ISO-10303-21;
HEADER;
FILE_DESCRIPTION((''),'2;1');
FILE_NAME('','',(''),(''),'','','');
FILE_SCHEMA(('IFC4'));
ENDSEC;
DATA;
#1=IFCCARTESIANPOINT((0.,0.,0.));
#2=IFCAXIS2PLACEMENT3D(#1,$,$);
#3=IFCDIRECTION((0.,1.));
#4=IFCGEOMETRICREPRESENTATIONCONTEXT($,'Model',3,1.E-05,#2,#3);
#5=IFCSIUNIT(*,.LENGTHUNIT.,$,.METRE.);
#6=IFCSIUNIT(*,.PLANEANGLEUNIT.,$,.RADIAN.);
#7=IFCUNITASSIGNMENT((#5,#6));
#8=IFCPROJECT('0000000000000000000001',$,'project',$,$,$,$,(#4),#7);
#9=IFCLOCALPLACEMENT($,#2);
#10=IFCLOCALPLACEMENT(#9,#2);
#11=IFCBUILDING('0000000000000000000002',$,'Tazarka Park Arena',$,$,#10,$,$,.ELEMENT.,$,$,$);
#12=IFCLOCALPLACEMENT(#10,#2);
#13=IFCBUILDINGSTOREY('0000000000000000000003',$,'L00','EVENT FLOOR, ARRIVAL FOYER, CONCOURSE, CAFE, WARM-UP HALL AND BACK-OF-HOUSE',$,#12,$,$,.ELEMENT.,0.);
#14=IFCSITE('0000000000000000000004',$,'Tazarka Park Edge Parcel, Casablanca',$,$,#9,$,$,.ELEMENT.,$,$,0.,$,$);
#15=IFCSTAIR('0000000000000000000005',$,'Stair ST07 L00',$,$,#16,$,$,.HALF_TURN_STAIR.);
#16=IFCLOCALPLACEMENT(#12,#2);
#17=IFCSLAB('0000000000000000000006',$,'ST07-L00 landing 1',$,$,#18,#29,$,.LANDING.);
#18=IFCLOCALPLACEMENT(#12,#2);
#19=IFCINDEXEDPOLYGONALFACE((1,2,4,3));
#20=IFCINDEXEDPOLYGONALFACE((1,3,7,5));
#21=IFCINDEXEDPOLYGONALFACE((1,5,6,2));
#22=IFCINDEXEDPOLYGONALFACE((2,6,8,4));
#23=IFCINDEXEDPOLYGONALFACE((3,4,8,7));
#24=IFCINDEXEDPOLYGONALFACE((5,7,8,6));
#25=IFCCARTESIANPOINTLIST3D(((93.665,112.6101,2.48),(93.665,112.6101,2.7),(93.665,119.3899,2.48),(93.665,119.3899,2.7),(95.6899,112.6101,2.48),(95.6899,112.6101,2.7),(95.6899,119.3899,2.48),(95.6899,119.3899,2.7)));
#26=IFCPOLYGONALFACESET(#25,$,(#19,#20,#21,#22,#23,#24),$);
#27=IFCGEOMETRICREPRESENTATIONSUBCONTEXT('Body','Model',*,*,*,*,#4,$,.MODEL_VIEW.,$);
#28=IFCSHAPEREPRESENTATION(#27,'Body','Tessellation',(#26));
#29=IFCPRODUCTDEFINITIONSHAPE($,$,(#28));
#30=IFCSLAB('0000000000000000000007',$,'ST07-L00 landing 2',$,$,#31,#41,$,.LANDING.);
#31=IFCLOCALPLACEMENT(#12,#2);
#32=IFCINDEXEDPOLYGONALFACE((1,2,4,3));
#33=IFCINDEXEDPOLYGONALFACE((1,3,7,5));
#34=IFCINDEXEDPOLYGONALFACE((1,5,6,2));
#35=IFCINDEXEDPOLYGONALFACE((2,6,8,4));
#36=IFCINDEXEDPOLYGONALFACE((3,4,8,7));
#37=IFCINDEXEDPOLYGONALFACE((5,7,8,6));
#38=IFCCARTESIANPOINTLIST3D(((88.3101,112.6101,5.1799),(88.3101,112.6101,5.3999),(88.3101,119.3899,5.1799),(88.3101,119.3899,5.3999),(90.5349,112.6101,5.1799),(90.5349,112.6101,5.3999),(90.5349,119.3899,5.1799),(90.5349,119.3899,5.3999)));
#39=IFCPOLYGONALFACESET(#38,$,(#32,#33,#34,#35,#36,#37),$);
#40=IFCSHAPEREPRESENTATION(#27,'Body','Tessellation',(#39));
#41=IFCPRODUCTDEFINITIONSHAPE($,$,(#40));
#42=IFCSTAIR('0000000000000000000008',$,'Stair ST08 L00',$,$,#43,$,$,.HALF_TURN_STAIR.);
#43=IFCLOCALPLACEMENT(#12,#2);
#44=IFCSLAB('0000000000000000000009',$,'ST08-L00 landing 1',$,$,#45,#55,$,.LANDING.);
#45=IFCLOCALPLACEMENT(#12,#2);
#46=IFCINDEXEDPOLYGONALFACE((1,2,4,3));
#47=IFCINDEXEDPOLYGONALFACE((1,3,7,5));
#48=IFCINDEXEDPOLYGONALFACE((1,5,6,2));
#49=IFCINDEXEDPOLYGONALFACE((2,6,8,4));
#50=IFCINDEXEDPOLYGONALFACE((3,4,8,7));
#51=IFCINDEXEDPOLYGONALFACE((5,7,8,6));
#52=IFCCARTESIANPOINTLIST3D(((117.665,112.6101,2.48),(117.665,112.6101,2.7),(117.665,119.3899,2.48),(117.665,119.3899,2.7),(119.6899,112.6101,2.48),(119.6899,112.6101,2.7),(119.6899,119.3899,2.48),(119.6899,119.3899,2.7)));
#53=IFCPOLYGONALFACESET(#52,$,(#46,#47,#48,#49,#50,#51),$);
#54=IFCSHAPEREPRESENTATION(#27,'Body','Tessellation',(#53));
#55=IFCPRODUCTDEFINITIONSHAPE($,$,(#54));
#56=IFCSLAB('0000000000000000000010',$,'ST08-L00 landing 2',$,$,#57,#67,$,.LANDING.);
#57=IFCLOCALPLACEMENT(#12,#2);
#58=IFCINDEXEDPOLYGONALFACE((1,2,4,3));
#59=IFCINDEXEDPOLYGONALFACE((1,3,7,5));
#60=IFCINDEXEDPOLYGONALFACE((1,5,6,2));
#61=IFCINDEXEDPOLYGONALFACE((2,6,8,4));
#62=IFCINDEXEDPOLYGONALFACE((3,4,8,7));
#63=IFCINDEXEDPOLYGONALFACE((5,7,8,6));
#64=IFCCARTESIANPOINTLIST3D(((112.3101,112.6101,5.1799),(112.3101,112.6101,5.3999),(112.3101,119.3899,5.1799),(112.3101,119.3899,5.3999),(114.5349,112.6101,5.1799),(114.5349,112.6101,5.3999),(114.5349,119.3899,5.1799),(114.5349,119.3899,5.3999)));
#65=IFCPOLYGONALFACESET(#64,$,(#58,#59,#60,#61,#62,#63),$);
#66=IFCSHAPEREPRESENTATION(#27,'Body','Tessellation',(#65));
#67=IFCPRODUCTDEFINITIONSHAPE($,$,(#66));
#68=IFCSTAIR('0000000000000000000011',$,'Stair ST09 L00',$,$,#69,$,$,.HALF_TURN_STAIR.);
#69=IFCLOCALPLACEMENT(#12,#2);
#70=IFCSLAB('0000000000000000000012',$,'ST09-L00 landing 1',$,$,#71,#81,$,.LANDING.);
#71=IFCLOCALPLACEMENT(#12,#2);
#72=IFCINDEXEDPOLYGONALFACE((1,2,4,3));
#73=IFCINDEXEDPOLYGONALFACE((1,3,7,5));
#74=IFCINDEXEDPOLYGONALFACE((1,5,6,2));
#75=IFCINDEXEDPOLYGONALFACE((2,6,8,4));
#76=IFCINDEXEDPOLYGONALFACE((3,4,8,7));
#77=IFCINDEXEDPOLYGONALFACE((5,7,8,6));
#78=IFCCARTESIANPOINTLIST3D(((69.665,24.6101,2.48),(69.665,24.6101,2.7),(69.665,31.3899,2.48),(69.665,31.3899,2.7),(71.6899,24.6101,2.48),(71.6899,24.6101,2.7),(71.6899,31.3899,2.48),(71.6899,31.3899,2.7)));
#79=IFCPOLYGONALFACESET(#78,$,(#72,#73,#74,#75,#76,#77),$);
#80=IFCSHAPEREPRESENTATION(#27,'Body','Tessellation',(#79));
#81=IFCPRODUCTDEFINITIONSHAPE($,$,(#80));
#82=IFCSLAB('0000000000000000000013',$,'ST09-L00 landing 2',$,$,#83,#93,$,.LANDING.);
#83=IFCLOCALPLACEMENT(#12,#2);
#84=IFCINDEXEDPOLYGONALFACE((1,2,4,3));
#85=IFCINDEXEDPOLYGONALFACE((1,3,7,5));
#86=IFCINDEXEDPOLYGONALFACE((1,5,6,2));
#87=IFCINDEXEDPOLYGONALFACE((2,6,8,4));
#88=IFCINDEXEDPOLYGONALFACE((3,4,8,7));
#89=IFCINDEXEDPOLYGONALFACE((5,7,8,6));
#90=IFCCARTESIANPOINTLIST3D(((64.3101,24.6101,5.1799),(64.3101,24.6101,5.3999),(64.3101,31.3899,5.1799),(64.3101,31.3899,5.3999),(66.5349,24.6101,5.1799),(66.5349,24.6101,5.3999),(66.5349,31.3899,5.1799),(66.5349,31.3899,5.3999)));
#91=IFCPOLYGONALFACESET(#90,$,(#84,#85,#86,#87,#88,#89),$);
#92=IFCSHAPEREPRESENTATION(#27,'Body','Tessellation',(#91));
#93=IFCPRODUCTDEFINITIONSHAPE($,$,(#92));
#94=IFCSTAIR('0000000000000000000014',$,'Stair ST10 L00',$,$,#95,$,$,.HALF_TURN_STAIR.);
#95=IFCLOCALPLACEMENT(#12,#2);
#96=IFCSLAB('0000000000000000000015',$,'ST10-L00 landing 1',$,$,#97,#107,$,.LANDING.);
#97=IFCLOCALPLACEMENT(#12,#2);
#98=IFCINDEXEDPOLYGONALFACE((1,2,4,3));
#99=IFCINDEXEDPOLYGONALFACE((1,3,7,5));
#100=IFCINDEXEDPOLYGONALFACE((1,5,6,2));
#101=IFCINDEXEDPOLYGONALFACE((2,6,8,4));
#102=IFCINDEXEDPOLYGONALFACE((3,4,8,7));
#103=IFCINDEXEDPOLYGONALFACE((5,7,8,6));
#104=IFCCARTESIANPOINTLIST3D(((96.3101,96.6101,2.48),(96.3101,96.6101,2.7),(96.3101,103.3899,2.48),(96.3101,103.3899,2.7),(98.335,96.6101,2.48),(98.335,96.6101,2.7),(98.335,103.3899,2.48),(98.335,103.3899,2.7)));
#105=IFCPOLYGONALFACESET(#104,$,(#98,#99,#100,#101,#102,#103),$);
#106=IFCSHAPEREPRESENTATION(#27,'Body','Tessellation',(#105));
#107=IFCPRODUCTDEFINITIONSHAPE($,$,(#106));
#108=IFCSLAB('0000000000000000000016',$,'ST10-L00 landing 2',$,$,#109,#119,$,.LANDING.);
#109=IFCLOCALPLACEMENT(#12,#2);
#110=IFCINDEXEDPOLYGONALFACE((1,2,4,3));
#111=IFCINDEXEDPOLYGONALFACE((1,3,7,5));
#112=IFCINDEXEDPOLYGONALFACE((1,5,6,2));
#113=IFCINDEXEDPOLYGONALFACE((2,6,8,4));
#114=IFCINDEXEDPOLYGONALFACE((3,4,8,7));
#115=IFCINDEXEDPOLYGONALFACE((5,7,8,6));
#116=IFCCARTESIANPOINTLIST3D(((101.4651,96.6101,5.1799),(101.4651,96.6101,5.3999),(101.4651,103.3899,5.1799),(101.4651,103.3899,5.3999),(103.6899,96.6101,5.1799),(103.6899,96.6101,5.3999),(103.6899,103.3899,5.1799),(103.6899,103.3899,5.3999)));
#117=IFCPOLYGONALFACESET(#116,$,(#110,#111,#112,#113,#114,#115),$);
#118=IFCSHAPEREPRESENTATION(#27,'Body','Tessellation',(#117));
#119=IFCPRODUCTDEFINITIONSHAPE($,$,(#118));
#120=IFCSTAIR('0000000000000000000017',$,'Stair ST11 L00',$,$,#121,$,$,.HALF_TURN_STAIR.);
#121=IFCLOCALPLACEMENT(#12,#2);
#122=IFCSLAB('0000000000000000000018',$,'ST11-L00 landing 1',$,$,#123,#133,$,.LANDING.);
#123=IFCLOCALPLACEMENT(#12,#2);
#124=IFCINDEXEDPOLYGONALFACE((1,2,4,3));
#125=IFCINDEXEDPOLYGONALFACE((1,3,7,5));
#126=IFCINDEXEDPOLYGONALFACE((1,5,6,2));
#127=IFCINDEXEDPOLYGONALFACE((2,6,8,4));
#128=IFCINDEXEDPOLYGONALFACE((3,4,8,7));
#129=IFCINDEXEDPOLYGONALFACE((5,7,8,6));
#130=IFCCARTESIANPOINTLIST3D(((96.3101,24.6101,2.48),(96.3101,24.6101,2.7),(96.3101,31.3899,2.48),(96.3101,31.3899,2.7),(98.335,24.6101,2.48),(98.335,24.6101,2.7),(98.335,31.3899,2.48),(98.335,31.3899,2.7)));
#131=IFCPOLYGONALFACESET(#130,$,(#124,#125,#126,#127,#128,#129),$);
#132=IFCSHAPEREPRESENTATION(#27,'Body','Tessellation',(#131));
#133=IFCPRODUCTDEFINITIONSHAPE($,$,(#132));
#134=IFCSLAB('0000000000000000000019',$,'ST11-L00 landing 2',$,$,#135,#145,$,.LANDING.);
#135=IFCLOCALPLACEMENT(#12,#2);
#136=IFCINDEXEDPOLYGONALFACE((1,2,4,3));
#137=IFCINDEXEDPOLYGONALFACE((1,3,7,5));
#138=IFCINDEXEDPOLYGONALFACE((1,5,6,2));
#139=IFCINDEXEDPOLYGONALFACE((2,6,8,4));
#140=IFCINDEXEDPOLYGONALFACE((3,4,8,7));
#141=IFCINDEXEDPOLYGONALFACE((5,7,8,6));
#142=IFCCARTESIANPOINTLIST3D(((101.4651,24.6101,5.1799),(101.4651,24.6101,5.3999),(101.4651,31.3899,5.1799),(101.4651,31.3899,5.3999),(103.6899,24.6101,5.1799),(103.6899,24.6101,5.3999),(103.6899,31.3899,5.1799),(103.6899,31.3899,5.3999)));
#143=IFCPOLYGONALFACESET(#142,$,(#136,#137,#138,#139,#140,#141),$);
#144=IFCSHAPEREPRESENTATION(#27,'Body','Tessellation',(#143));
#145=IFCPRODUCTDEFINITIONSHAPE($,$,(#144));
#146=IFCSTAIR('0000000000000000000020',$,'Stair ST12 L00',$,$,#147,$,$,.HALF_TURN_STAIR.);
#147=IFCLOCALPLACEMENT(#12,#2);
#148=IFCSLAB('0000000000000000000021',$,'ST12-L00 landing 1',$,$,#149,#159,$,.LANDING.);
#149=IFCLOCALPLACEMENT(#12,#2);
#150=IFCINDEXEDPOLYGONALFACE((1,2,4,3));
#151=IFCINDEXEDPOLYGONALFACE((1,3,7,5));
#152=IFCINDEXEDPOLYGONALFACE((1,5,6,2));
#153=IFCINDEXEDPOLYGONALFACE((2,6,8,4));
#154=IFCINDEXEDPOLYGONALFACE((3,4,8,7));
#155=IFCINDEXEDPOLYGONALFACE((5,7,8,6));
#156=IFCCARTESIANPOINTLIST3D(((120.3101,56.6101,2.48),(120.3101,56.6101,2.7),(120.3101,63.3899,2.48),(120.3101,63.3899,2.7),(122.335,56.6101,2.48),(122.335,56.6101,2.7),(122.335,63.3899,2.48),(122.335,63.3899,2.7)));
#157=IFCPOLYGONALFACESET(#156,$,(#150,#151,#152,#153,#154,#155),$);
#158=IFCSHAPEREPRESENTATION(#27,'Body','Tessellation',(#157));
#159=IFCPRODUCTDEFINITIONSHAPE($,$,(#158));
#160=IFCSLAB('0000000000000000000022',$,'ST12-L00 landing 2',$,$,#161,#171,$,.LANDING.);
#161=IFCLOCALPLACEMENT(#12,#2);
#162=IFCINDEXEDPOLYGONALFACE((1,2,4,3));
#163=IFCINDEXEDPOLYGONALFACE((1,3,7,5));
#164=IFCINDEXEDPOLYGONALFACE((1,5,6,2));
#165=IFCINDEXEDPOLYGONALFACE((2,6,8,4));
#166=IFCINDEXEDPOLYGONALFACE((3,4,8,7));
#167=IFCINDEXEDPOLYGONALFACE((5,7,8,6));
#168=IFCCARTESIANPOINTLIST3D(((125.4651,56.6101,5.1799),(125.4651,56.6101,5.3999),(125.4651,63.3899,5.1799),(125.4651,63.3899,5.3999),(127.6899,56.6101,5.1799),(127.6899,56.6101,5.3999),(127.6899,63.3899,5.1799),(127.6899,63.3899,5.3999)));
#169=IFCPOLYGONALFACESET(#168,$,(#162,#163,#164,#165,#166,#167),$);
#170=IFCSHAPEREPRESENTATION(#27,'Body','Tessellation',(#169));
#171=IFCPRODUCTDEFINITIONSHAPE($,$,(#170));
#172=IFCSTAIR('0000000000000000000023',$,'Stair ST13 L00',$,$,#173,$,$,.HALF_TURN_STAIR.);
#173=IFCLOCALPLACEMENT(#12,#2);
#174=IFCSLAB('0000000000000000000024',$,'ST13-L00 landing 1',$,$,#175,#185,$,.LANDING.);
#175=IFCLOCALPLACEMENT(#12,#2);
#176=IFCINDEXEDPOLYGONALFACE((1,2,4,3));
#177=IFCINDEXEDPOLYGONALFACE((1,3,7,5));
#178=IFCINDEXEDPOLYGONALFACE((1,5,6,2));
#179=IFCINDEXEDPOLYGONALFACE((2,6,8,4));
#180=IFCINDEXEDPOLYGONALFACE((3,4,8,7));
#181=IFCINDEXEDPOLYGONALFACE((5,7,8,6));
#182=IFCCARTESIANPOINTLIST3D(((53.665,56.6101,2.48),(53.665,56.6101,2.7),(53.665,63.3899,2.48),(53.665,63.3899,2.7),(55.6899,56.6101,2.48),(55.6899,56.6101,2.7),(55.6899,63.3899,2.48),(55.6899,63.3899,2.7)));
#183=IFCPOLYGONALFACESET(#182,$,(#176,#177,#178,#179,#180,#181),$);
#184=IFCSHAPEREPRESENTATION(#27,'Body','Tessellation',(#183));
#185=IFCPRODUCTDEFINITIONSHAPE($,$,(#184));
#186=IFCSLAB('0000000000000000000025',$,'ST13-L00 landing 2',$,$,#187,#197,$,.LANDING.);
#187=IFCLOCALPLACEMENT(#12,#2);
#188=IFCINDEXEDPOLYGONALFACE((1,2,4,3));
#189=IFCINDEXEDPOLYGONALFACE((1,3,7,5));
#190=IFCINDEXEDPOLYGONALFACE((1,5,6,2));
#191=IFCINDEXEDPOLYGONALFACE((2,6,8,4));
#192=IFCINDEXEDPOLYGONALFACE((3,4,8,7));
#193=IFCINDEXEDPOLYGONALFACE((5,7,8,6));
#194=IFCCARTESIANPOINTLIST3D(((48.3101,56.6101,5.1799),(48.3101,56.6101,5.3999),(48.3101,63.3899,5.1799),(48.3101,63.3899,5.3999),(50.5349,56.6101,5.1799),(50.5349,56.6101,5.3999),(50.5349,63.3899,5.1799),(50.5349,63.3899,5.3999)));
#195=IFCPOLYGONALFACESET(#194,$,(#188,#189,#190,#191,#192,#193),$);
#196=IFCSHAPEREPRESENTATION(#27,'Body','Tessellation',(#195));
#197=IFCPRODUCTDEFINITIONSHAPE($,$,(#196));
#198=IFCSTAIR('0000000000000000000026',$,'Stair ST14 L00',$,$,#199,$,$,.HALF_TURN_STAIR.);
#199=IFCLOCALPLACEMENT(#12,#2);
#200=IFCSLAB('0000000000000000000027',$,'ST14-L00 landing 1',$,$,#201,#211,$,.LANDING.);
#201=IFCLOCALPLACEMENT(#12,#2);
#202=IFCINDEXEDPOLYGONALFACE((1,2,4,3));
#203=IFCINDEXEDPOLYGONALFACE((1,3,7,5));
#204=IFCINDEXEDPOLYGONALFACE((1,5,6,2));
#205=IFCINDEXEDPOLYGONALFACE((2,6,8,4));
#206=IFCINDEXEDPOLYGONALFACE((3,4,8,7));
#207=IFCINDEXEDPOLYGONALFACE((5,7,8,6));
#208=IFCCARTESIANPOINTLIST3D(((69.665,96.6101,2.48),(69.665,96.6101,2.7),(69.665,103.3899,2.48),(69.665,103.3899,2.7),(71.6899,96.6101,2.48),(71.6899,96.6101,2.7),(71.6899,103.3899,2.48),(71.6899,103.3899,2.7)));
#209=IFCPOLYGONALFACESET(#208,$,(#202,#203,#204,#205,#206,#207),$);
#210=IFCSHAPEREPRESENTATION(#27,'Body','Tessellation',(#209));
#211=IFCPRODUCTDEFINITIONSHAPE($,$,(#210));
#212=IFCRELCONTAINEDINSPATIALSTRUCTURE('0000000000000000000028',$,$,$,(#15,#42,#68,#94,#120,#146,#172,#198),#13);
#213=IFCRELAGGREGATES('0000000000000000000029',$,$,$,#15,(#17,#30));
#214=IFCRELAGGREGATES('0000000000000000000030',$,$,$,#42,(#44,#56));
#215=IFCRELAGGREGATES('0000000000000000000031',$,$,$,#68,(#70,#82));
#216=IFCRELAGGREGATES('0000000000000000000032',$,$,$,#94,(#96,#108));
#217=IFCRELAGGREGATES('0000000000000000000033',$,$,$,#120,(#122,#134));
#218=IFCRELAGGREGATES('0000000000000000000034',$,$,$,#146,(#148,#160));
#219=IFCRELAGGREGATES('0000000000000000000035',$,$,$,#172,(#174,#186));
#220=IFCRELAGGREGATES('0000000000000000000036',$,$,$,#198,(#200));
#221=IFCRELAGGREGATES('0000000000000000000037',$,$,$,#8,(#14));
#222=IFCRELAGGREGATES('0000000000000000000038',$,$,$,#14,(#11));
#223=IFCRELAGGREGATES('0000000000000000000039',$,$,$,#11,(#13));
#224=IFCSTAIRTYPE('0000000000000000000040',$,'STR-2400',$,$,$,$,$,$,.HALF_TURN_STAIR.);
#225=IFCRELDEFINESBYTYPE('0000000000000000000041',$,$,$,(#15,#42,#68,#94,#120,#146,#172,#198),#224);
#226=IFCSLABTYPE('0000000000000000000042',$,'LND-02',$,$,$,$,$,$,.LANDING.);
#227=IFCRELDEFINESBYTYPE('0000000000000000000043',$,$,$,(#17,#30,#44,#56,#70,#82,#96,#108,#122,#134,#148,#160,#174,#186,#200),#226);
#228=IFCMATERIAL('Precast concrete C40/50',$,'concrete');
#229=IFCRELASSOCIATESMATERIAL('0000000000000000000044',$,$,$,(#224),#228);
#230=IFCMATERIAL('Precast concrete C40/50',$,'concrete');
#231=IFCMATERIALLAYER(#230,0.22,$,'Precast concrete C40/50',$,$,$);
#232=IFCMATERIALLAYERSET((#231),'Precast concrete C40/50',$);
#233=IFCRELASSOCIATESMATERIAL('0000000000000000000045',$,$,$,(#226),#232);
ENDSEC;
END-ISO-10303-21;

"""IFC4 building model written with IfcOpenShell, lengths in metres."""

from ifc_helpers import new_model, si_unit, direction, frame, origin, place, context, subcontext, project, spatial, polyline, outline, extrude, material, layer, layer_set, type_object, element, aggregate, save


model = new_model("IFC4")

# Units and contexts
model_context = context("Model", 3, precision=1e-05, world=origin(), true_north=direction((0.0, 1.0)))
body_context = subcontext(model_context, "Body", "Model", "MODEL_VIEW")
ifc_project = project(units=[si_unit("LENGTHUNIT", "METRE"), si_unit("PLANEANGLEUNIT", "RADIAN")], contexts=[model_context])

# Site, building, storey
site_placement = place(None, origin())
site = spatial("IfcSite", under=ifc_project, at=site_placement, Name="Tazarka Park Edge Parcel, Casablanca", CompositionType="ELEMENT", RefElevation=0.0)
building_placement = place(site_placement, origin())
building = spatial("IfcBuilding", under=site, at=building_placement, Name="Tazarka Park Arena", CompositionType="ELEMENT")
storey_placement = place(building_placement, origin())
storey = spatial("IfcBuildingStorey", under=building, at=storey_placement, Name="L00", Description="EVENT FLOOR, ARRIVAL FOYER, CONCOURSE, CAFE, WARM-UP HALL AND BACK-OF-HOUSE", CompositionType="ELEMENT", Elevation=0.0)

# Stairs, slabs
ifc_material_1 = material(Name="Precast concrete C40/50", Category="concrete")
stair_type_1 = type_object("IfcStairType", Name="STR-2400", PredefinedType="HALF_TURN_STAIR", material=ifc_material_1)
stair_1_placement = place(storey_placement, origin())
stair_1 = element("IfcStair", 1, at=stair_1_placement, inside=storey, type_object=stair_type_1, Name="Stair ST07 L00", PredefinedType="HALF_TURN_STAIR")
ifc_material_2 = material(Name="Precast concrete C40/50", Category="concrete")
ifc_layer = layer(ifc_material_2, 0.22, Name="Precast concrete C40/50")
ifc_layer_set = layer_set([ifc_layer], Name="Precast concrete C40/50")
slab_type = type_object("IfcSlabType", Name="LND-02", PredefinedType="LANDING", material=ifc_layer_set)
slab_1_placement = place(storey_placement, frame((0.0, 0.0, 2.48)))
slab_1 = element("IfcSlab", 2, at=slab_1_placement, type_object=slab_type, Name="ST07-L00 landing 1", PredefinedType="LANDING", context=body_context, shape_type="SweptSolid", body=[
    extrude(outline(polyline([(93.665, 112.6101), (95.6899, 112.6101), (95.6899, 119.3899), (93.665, 119.3899), (93.665, 112.6101)])), origin(), (0.0, 0.0, 1.0), 0.22),
])
slab_2_placement = place(storey_placement, frame((0.0, 0.0, 5.1799)))
slab_2 = element("IfcSlab", 3, at=slab_2_placement, type_object=slab_type, Name="ST07-L00 landing 2", PredefinedType="LANDING", context=body_context, shape_type="SweptSolid", body=[
    extrude(outline(polyline([(88.3101, 112.6101), (90.5349, 112.6101), (90.5349, 119.3899), (88.3101, 119.3899), (88.3101, 112.6101)])), origin(), (0.0, 0.0, 1.0), 0.22),
])
aggregate(stair_1, [slab_1, slab_2])
stair_2_placement = place(storey_placement, origin())
stair_2 = element("IfcStair", 4, at=stair_2_placement, inside=storey, type_object=stair_type_1, Name="Stair ST08 L00", PredefinedType="HALF_TURN_STAIR")
slab_3_placement = place(storey_placement, frame((0.0, 0.0, 2.48)))
slab_3 = element("IfcSlab", 5, at=slab_3_placement, type_object=slab_type, Name="ST08-L00 landing 1", PredefinedType="LANDING", context=body_context, shape_type="SweptSolid", body=[
    extrude(outline(polyline([(117.665, 112.6101), (119.6899, 112.6101), (119.6899, 119.3899), (117.665, 119.3899), (117.665, 112.6101)])), origin(), (0.0, 0.0, 1.0), 0.22),
])
slab_4_placement = place(storey_placement, frame((0.0, 0.0, 5.1799)))
slab_4 = element("IfcSlab", 6, at=slab_4_placement, type_object=slab_type, Name="ST08-L00 landing 2", PredefinedType="LANDING", context=body_context, shape_type="SweptSolid", body=[
    extrude(outline(polyline([(112.3101, 112.6101), (114.5349, 112.6101), (114.5349, 119.3899), (112.3101, 119.3899), (112.3101, 112.6101)])), origin(), (0.0, 0.0, 1.0), 0.22),
])
aggregate(stair_2, [slab_3, slab_4])
stair_3_placement = place(storey_placement, origin())
stair_3 = element("IfcStair", 7, at=stair_3_placement, inside=storey, type_object=stair_type_1, Name="Stair ST09 L00", PredefinedType="HALF_TURN_STAIR")
slab_5_placement = place(storey_placement, frame((0.0, 0.0, 2.48)))
slab_5 = element("IfcSlab", 8, at=slab_5_placement, type_object=slab_type, Name="ST09-L00 landing 1", PredefinedType="LANDING", context=body_context, shape_type="SweptSolid", body=[
    extrude(outline(polyline([(69.665, 24.6101), (71.6899, 24.6101), (71.6899, 31.3899), (69.665, 31.3899), (69.665, 24.6101)])), origin(), (0.0, 0.0, 1.0), 0.22),
])
slab_6_placement = place(storey_placement, frame((0.0, 0.0, 5.1799)))
slab_6 = element("IfcSlab", 9, at=slab_6_placement, type_object=slab_type, Name="ST09-L00 landing 2", PredefinedType="LANDING", context=body_context, shape_type="SweptSolid", body=[
    extrude(outline(polyline([(64.3101, 24.6101), (66.5349, 24.6101), (66.5349, 31.3899), (64.3101, 31.3899), (64.3101, 24.6101)])), origin(), (0.0, 0.0, 1.0), 0.22),
])
aggregate(stair_3, [slab_5, slab_6])
stair_4_placement = place(storey_placement, origin())
stair_4 = element("IfcStair", 10, at=stair_4_placement, inside=storey, type_object=stair_type_1, Name="Stair ST10 L00", PredefinedType="HALF_TURN_STAIR")
slab_7_placement = place(storey_placement, frame((0.0, 0.0, 2.48)))
slab_7 = element("IfcSlab", 11, at=slab_7_placement, type_object=slab_type, Name="ST10-L00 landing 1", PredefinedType="LANDING", context=body_context, shape_type="SweptSolid", body=[
    extrude(outline(polyline([(96.3101, 96.6101), (98.335, 96.6101), (98.335, 103.3899), (96.3101, 103.3899), (96.3101, 96.6101)])), origin(), (0.0, 0.0, 1.0), 0.22),
])
slab_8_placement = place(storey_placement, frame((0.0, 0.0, 5.1799)))
slab_8 = element("IfcSlab", 12, at=slab_8_placement, type_object=slab_type, Name="ST10-L00 landing 2", PredefinedType="LANDING", context=body_context, shape_type="SweptSolid", body=[
    extrude(outline(polyline([(101.4651, 96.6101), (103.6899, 96.6101), (103.6899, 103.3899), (101.4651, 103.3899), (101.4651, 96.6101)])), origin(), (0.0, 0.0, 1.0), 0.22),
])
aggregate(stair_4, [slab_7, slab_8])
stair_5_placement = place(storey_placement, origin())
stair_5 = element("IfcStair", 13, at=stair_5_placement, inside=storey, type_object=stair_type_1, Name="Stair ST11 L00", PredefinedType="HALF_TURN_STAIR")
slab_9_placement = place(storey_placement, frame((0.0, 0.0, 2.48)))
slab_9 = element("IfcSlab", 14, at=slab_9_placement, type_object=slab_type, Name="ST11-L00 landing 1", PredefinedType="LANDING", context=body_context, shape_type="SweptSolid", body=[
    extrude(outline(polyline([(96.3101, 24.6101), (98.335, 24.6101), (98.335, 31.3899), (96.3101, 31.3899), (96.3101, 24.6101)])), origin(), (0.0, 0.0, 1.0), 0.22),
])
slab_10_placement = place(storey_placement, frame((0.0, 0.0, 5.1799)))
slab_10 = element("IfcSlab", 15, at=slab_10_placement, type_object=slab_type, Name="ST11-L00 landing 2", PredefinedType="LANDING", context=body_context, shape_type="SweptSolid", body=[
    extrude(outline(polyline([(101.4651, 24.6101), (103.6899, 24.6101), (103.6899, 31.3899), (101.4651, 31.3899), (101.4651, 24.6101)])), origin(), (0.0, 0.0, 1.0), 0.22),
])
aggregate(stair_5, [slab_9, slab_10])
stair_6_placement = place(storey_placement, origin())
stair_6 = element("IfcStair", 16, at=stair_6_placement, inside=storey, type_object=stair_type_1, Name="Stair ST12 L00", PredefinedType="HALF_TURN_STAIR")
slab_11_placement = place(storey_placement, frame((0.0, 0.0, 2.48)))
slab_11 = element("IfcSlab", 17, at=slab_11_placement, type_object=slab_type, Name="ST12-L00 landing 1", PredefinedType="LANDING", context=body_context, shape_type="SweptSolid", body=[
    extrude(outline(polyline([(120.3101, 56.6101), (122.335, 56.6101), (122.335, 63.3899), (120.3101, 63.3899), (120.3101, 56.6101)])), origin(), (0.0, 0.0, 1.0), 0.22),
])
slab_12_placement = place(storey_placement, frame((0.0, 0.0, 5.1799)))
slab_12 = element("IfcSlab", 18, at=slab_12_placement, type_object=slab_type, Name="ST12-L00 landing 2", PredefinedType="LANDING", context=body_context, shape_type="SweptSolid", body=[
    extrude(outline(polyline([(125.4651, 56.6101), (127.6899, 56.6101), (127.6899, 63.3899), (125.4651, 63.3899), (125.4651, 56.6101)])), origin(), (0.0, 0.0, 1.0), 0.22),
])
aggregate(stair_6, [slab_11, slab_12])
stair_7_placement = place(storey_placement, origin())
stair_7 = element("IfcStair", 19, at=stair_7_placement, inside=storey, type_object=stair_type_1, Name="Stair ST13 L00", PredefinedType="HALF_TURN_STAIR")
slab_13_placement = place(storey_placement, frame((0.0, 0.0, 2.48)))
slab_13 = element("IfcSlab", 20, at=slab_13_placement, type_object=slab_type, Name="ST13-L00 landing 1", PredefinedType="LANDING", context=body_context, shape_type="SweptSolid", body=[
    extrude(outline(polyline([(53.665, 56.6101), (55.6899, 56.6101), (55.6899, 63.3899), (53.665, 63.3899), (53.665, 56.6101)])), origin(), (0.0, 0.0, 1.0), 0.22),
])
slab_14_placement = place(storey_placement, frame((0.0, 0.0, 5.1799)))
slab_14 = element("IfcSlab", 21, at=slab_14_placement, type_object=slab_type, Name="ST13-L00 landing 2", PredefinedType="LANDING", context=body_context, shape_type="SweptSolid", body=[
    extrude(outline(polyline([(48.3101, 56.6101), (50.5349, 56.6101), (50.5349, 63.3899), (48.3101, 63.3899), (48.3101, 56.6101)])), origin(), (0.0, 0.0, 1.0), 0.22),
])
aggregate(stair_7, [slab_13, slab_14])
stair_8_placement = place(storey_placement, origin())
stair_8 = element("IfcStair", 22, at=stair_8_placement, inside=storey, type_object=stair_type_1, Name="Stair ST14 L00", PredefinedType="HALF_TURN_STAIR")
slab_15_placement = place(storey_placement, frame((0.0, 0.0, 2.48)))
slab_15 = element("IfcSlab", 23, at=slab_15_placement, type_object=slab_type, Name="ST14-L00 landing 1", PredefinedType="LANDING", context=body_context, shape_type="SweptSolid", body=[
    extrude(outline(polyline([(69.665, 96.6101), (71.6899, 96.6101), (71.6899, 103.3899), (69.665, 103.3899), (69.665, 96.6101)])), origin(), (0.0, 0.0, 1.0), 0.22),
])
aggregate(stair_8, [slab_15])

save(model, "model.ifc")
